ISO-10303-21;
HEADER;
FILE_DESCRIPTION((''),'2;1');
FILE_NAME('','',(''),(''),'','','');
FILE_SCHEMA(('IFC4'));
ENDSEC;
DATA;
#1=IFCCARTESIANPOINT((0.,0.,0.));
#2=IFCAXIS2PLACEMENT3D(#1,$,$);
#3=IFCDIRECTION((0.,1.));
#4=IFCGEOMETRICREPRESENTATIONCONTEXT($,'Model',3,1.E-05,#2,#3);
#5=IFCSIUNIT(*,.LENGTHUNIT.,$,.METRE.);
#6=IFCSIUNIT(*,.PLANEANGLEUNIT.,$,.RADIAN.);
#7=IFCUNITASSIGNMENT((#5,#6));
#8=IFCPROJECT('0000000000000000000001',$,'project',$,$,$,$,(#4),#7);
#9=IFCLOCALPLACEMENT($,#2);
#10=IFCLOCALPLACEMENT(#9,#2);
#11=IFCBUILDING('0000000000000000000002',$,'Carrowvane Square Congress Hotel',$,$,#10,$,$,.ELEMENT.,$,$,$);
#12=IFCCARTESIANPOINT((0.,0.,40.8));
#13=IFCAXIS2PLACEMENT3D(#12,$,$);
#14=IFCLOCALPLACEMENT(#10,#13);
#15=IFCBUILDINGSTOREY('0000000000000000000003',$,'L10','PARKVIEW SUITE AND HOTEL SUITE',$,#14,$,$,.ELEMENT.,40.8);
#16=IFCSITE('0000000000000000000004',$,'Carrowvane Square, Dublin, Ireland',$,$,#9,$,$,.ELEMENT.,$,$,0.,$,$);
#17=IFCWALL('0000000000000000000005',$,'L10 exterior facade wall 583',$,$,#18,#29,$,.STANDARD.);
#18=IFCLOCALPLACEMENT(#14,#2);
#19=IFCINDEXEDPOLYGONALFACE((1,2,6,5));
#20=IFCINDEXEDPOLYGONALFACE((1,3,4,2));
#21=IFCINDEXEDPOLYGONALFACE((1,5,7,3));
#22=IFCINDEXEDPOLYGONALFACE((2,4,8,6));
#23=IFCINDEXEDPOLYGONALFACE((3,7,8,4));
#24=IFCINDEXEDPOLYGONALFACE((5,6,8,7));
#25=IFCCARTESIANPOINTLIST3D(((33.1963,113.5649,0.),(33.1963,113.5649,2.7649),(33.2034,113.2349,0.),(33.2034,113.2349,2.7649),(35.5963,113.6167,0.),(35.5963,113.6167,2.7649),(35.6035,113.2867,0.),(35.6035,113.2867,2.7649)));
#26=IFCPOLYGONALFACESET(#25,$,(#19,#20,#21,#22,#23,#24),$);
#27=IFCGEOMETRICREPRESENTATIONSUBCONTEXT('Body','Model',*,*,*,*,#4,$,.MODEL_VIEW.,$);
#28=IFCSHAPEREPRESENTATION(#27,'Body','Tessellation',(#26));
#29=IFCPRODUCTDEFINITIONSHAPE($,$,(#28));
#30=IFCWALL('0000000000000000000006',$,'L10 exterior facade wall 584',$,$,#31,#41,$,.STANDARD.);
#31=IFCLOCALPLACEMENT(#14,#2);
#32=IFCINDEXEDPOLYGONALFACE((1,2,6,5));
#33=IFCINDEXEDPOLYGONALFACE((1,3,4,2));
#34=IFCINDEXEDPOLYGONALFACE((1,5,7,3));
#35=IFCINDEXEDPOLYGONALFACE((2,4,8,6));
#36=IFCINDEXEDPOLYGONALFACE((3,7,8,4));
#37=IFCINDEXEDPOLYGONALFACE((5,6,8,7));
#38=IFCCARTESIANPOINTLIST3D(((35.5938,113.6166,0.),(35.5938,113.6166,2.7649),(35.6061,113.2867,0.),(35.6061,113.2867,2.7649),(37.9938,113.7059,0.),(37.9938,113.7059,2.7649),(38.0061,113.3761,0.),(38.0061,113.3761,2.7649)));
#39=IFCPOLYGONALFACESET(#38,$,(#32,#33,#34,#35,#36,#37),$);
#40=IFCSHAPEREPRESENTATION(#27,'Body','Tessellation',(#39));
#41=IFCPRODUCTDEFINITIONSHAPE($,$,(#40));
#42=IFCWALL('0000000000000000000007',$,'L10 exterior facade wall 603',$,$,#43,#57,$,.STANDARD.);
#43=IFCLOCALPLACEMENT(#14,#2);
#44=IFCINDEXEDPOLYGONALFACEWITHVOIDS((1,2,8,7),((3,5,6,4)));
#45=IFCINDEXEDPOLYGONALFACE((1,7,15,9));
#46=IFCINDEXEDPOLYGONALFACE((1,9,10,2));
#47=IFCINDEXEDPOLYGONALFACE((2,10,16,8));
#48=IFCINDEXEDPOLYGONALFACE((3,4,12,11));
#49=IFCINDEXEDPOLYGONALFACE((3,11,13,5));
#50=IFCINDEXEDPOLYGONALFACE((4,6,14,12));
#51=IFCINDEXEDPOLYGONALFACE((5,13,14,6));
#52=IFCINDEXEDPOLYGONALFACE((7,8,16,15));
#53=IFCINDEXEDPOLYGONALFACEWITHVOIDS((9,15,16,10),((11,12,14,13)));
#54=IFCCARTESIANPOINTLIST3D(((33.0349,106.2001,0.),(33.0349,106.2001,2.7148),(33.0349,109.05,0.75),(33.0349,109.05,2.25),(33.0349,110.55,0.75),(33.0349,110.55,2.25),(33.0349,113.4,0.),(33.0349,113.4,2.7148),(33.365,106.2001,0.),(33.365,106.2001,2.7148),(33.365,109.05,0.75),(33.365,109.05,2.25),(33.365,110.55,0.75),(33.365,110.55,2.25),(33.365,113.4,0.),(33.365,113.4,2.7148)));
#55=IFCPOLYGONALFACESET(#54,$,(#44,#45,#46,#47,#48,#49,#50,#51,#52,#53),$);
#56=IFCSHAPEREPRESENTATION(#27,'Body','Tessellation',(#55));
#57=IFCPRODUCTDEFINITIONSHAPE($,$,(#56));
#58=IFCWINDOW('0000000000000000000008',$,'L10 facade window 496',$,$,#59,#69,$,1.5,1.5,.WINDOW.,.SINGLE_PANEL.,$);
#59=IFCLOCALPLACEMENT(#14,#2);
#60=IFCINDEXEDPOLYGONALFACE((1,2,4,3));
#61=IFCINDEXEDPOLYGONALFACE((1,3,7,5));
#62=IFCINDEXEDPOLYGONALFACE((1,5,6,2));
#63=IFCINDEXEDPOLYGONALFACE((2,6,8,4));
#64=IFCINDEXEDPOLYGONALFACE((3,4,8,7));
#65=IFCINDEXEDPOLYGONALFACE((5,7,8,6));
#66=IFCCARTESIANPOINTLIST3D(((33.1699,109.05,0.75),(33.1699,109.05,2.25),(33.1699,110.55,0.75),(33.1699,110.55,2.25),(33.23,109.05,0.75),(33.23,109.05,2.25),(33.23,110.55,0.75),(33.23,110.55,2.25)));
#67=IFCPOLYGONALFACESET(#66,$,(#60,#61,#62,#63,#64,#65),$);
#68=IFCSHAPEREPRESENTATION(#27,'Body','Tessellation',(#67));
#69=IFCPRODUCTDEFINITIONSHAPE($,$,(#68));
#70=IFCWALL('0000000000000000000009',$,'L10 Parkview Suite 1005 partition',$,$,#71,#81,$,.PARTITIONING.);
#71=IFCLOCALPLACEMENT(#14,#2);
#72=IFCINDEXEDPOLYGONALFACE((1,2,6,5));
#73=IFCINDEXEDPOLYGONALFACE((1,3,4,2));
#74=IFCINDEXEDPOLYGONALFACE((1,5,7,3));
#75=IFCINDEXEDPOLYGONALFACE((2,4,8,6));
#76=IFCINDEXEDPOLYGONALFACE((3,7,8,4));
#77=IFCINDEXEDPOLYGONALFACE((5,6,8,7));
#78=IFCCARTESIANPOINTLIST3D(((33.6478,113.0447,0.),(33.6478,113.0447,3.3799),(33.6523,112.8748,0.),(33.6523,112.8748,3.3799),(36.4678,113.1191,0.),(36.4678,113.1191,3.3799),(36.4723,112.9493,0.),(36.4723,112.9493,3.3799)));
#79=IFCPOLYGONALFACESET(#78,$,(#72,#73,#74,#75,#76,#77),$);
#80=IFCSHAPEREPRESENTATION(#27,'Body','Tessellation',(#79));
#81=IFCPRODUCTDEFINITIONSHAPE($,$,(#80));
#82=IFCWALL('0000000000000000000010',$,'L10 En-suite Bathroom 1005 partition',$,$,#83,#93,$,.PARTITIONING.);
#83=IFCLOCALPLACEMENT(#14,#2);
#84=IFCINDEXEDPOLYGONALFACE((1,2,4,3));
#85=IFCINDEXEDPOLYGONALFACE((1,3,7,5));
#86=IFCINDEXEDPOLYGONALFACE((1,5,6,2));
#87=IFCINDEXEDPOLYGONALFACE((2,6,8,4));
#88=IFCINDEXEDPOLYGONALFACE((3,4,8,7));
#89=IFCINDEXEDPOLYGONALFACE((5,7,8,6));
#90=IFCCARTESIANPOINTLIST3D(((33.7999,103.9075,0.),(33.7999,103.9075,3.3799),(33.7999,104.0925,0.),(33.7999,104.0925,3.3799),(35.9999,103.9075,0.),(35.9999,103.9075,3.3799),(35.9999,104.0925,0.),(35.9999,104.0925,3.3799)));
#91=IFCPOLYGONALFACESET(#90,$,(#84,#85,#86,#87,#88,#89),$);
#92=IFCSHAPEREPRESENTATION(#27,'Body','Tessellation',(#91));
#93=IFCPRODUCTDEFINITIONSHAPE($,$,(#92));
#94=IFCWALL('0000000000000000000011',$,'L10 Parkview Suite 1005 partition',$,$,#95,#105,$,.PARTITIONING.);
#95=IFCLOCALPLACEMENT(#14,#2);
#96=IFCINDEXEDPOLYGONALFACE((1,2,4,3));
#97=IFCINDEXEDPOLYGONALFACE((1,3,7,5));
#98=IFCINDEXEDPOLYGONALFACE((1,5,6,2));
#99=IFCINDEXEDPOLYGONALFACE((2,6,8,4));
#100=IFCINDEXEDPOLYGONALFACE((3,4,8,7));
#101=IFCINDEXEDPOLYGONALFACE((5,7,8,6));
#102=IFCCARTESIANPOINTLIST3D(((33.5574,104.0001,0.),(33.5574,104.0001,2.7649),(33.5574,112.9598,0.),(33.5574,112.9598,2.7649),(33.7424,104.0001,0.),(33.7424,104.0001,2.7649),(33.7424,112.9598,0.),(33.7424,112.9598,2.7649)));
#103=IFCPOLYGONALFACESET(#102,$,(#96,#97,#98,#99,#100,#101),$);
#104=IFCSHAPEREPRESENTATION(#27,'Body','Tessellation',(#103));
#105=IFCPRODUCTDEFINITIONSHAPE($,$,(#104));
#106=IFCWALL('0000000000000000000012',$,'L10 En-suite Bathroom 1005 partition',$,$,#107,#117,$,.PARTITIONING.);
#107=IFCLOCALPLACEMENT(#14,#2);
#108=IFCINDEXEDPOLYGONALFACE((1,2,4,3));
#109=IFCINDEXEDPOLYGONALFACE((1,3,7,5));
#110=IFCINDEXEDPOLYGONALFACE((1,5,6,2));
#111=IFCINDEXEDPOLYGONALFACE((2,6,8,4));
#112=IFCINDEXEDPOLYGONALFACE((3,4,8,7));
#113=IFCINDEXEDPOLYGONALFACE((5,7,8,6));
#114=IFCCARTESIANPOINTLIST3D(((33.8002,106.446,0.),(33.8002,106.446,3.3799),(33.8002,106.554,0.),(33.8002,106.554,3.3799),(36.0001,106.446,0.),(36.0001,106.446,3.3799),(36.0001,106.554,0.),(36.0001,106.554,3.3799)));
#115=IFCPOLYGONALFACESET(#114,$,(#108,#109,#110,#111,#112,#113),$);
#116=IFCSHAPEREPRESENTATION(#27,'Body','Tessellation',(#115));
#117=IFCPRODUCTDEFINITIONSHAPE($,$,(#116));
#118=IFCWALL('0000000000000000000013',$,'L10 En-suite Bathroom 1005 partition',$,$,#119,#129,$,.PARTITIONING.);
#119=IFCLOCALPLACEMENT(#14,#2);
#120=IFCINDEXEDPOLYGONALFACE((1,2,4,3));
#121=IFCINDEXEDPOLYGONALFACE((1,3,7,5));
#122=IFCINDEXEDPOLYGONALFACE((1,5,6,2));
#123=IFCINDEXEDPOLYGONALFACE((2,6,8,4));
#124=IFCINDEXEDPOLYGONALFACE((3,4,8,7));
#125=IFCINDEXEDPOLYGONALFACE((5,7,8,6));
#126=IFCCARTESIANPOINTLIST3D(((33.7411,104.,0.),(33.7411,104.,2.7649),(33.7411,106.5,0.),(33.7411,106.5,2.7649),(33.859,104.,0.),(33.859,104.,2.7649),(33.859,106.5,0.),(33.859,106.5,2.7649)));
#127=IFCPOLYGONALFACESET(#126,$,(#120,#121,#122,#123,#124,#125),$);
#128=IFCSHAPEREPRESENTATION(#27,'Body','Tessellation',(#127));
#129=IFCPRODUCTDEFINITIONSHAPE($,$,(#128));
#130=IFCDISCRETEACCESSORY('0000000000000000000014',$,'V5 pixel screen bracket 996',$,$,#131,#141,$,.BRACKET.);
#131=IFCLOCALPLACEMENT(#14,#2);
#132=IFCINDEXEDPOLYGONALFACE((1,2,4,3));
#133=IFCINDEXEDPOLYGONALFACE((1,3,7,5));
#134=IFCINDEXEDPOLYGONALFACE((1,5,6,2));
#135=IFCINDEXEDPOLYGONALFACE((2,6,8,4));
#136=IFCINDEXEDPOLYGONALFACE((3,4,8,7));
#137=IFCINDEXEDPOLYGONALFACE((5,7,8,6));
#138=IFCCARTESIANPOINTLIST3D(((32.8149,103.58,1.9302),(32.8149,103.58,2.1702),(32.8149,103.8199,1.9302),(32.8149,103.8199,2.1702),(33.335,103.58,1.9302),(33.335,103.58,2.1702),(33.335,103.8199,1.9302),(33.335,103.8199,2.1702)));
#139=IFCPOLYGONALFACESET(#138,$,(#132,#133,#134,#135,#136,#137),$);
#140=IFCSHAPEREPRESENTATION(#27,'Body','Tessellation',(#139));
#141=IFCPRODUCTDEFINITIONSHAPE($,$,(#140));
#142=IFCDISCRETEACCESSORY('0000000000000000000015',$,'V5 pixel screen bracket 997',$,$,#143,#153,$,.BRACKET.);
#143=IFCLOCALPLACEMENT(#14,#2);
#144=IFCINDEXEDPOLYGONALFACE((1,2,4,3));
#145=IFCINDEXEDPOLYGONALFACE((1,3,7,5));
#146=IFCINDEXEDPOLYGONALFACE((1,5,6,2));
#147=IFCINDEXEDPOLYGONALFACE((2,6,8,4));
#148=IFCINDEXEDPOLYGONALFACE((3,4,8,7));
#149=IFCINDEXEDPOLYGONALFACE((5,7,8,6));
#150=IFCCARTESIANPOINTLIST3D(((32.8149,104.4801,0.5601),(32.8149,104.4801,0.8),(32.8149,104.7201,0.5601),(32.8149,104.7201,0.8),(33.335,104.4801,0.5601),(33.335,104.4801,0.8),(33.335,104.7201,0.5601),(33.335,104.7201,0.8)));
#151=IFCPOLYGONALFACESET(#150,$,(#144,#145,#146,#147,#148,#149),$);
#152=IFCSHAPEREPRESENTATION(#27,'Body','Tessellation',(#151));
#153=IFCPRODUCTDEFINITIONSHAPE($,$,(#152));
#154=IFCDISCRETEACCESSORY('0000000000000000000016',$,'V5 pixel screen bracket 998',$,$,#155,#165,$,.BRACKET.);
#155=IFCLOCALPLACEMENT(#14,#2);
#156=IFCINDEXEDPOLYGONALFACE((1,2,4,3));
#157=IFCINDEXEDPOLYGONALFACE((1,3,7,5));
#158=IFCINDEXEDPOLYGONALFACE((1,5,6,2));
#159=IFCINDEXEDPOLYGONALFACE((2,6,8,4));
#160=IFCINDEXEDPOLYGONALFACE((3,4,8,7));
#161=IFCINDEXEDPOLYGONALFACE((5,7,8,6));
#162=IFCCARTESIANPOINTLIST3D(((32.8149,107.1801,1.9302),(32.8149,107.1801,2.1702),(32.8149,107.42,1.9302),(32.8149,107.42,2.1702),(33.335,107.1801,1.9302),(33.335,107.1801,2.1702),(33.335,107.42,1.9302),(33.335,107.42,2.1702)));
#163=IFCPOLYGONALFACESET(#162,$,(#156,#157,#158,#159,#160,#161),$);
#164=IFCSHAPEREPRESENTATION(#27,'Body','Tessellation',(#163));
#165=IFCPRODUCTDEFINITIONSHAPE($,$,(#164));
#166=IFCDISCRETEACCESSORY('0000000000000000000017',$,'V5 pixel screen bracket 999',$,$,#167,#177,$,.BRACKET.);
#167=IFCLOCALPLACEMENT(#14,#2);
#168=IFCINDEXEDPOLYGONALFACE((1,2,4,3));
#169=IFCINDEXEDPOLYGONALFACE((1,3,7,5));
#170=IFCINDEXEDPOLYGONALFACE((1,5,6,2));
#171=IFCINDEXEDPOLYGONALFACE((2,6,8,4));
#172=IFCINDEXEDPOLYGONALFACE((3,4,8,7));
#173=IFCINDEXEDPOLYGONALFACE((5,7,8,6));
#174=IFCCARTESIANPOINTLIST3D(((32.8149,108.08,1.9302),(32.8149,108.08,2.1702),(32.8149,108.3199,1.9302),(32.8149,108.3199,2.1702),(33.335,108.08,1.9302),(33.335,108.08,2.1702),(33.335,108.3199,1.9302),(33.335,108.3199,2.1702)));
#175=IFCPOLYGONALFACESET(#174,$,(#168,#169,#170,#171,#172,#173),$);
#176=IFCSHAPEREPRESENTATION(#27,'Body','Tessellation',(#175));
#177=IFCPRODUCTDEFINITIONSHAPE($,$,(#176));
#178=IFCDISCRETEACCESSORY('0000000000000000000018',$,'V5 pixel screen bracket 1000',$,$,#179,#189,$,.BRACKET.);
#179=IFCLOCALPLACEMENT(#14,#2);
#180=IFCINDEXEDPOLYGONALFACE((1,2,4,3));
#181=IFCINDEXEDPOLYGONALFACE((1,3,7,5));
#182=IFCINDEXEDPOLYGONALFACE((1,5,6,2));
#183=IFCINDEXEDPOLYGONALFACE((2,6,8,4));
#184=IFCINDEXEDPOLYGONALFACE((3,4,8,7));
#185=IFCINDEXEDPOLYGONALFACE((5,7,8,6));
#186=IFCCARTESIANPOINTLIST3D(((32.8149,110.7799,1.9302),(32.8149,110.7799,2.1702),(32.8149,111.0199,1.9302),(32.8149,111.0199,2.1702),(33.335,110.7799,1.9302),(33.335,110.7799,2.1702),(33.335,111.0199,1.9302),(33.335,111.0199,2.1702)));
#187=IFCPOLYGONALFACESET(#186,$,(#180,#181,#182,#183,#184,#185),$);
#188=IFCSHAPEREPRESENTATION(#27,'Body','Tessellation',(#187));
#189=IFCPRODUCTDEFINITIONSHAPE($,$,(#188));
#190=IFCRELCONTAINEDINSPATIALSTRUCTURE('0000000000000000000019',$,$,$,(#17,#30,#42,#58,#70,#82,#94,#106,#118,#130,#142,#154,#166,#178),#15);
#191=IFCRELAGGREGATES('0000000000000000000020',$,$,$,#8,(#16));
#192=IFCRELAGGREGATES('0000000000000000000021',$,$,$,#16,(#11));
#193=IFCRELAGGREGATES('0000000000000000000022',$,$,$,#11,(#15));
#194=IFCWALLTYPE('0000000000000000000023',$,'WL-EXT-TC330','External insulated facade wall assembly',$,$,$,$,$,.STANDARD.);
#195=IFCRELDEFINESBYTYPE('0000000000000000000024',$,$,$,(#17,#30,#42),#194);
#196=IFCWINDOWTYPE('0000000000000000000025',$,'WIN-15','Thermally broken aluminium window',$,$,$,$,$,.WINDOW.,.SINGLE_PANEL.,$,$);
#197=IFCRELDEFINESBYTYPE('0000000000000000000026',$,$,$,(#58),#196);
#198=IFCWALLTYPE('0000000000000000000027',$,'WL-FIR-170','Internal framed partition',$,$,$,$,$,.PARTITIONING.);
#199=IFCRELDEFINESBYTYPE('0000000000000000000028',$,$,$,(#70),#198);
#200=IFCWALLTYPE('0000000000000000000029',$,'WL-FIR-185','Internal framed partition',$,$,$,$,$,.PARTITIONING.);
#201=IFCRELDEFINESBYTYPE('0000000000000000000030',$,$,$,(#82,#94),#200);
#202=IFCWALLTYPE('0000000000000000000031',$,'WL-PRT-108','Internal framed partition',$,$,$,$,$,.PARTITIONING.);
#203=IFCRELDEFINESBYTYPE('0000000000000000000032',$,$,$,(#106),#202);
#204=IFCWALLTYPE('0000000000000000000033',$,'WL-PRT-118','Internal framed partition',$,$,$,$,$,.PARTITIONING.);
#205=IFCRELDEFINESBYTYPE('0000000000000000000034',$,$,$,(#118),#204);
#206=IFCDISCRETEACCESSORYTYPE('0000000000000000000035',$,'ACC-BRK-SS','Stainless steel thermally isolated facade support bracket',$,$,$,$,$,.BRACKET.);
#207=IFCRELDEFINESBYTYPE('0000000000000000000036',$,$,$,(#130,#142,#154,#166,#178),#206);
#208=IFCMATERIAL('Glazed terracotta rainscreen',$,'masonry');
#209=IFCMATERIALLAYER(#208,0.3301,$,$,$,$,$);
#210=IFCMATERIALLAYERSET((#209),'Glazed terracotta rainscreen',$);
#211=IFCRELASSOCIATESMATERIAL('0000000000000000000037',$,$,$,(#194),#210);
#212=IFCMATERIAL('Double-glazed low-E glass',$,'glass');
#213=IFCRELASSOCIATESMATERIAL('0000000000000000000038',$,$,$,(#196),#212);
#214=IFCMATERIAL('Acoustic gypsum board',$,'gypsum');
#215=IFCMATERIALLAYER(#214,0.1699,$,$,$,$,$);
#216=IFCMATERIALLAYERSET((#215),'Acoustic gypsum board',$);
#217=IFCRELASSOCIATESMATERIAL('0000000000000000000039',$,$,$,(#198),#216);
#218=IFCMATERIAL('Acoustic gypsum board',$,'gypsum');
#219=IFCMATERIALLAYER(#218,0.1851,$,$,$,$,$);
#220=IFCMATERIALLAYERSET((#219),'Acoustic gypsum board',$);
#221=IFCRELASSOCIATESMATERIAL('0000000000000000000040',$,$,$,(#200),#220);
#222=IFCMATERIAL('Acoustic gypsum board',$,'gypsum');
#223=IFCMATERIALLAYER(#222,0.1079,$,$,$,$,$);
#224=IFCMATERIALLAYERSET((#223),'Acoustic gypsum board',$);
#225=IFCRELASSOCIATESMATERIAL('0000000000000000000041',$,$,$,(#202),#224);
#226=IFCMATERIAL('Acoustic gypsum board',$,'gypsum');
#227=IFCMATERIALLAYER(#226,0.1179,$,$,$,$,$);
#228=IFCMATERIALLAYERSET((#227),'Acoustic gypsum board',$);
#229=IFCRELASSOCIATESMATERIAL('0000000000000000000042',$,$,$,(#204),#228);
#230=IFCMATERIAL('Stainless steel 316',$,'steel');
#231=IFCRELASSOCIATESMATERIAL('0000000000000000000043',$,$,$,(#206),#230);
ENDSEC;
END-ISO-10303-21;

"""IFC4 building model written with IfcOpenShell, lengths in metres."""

from ifc_helpers import new_model, si_unit, direction, frame, frame_2d, origin, origin_2d, place, context, subcontext, project, spatial, rectangle, extrude, material, layer, layer_set, type_object, element, fill, save


model = new_model("IFC4")

# Units and contexts
model_context = context("Model", 3, precision=1e-05, world=origin(), true_north=direction((0.0, 1.0)))
body_context = subcontext(model_context, "Body", "Model", "MODEL_VIEW")
ifc_project = project(units=[si_unit("LENGTHUNIT", "METRE"), si_unit("PLANEANGLEUNIT", "RADIAN")], contexts=[model_context])

# Site, building, storey
site_placement = place(None, origin())
site = spatial("IfcSite", under=ifc_project, at=site_placement, Name="Carrowvane Square, Dublin, Ireland", CompositionType="ELEMENT", RefElevation=0.0)
building_placement = place(site_placement, origin())
building = spatial("IfcBuilding", under=site, at=building_placement, Name="Carrowvane Square Congress Hotel", CompositionType="ELEMENT")
storey_placement = place(building_placement, frame((0.0, 0.0, 40.8)))
storey = spatial("IfcBuildingStorey", under=building, at=storey_placement, Name="L10", Description="PARKVIEW SUITE AND HOTEL SUITE", CompositionType="ELEMENT", Elevation=40.8)

# Walls
ifc_material_1 = material(Name="Glazed terracotta rainscreen", Category="masonry")
ifc_layer_1 = layer(ifc_material_1, 0.3301)
ifc_layer_set_1 = layer_set([ifc_layer_1], Name="Glazed terracotta rainscreen")
wall_type_1 = type_object("IfcWallType", Name="WL-EXT-TC330", Description="External insulated facade wall assembly", PredefinedType="STANDARD", material=ifc_layer_set_1)
wall_1_placement = place(storey_placement, frame((33.2, 113.3999, 0.0), z_axis=(0.0, 0.0, 1.0), x_axis=(0.999768, 0.021559, 0.0)))
element("IfcWall", 1, at=wall_1_placement, inside=storey, type_object=wall_type_1, Name="L10 exterior facade wall 583", PredefinedType="STANDARD", context=body_context, shape_type="SweptSolid", body=[
    extrude(rectangle(XDim=2.4006, YDim=0.3301, at=frame_2d((1.2002, 0.0))), origin(), (0.0, 0.0, 1.0), 2.7649),
])
wall_2_placement = place(storey_placement, frame((35.6001, 113.4517, 0.0), z_axis=(0.0, 0.0, 1.0), x_axis=(0.999308, 0.037207, 0.0)))
element("IfcWall", 2, at=wall_2_placement, inside=storey, type_object=wall_type_1, Name="L10 exterior facade wall 584", PredefinedType="STANDARD", context=body_context, shape_type="SweptSolid", body=[
    extrude(rectangle(XDim=2.4016, YDim=0.3301, at=frame_2d((1.2007, 0.0))), origin(), (0.0, 0.0, 1.0), 2.7649),
])

# Wall, opening, window
wall_3_placement = place(storey_placement, frame((33.2, 106.2, 0.0), z_axis=(0.0, 0.0, 1.0), x_axis=(0.0, 1.0, 0.0)))
wall_3 = element("IfcWall", 3, at=wall_3_placement, inside=storey, type_object=wall_type_1, Name="L10 exterior facade wall 603", PredefinedType="STANDARD", context=body_context, shape_type="SweptSolid", body=[
    extrude(rectangle(XDim=7.2, YDim=0.3301, at=frame_2d((3.6001, 0.0))), origin(), (0.0, 0.0, 1.0), 2.7148),
])
opening_placement = place(wall_3_placement, frame((2.8501, 0.0, 0.75)))
opening = element("IfcOpeningElement", 4, at=opening_placement, cuts=wall_3, PredefinedType="OPENING", context=body_context, shape_type="SweptSolid", body=[
    extrude(rectangle(XDim=1.5, YDim=1.5, at=frame_2d((0.75, 0.75))), frame((0.0, 0.175, 0.0), z_axis=(0.0, -1.0, 0.0), x_axis=(1.0, 0.0, 0.0)), (0.0, 0.0, 1.0), 0.3501),
])
ifc_material_2 = material(Name="Double-glazed low-E glass", Category="glass")
window_type = type_object("IfcWindowType", Name="WIN-15", Description="Thermally broken aluminium window", PartitioningType="SINGLE_PANEL", PredefinedType="WINDOW", material=ifc_material_2)
window_placement = place(opening_placement, origin())
window = element("IfcWindow", 5, at=window_placement, inside=storey, type_object=window_type, Name="L10 facade window 496", OverallHeight=1.5, OverallWidth=1.5, PartitioningType="SINGLE_PANEL", PredefinedType="WINDOW", context=body_context, shape_type="SweptSolid", body=[
    extrude(rectangle(XDim=1.5, YDim=1.5, at=frame_2d((0.75, 0.75))), frame((0.0, 0.03, 0.0), z_axis=(0.0, -1.0, 0.0), x_axis=(1.0, 0.0, 0.0)), (0.0, 0.0, 1.0), 0.0601),
])
fill(opening, window)

# Walls
ifc_material_3 = material(Name="Acoustic gypsum board", Category="gypsum")
ifc_layer_2 = layer(ifc_material_3, 0.1699)
ifc_layer_set_2 = layer_set([ifc_layer_2], Name="Acoustic gypsum board")
wall_type_2 = type_object("IfcWallType", Name="WL-FIR-170", Description="Internal framed partition", PredefinedType="PARTITIONING", material=ifc_layer_set_2)
wall_4_placement = place(storey_placement, frame((33.6499, 112.9597, 0.0), z_axis=(0.0, 0.0, 1.0), x_axis=(0.999652, 0.026395, 0.0)))
element("IfcWall", 6, at=wall_4_placement, inside=storey, type_object=wall_type_2, Name="L10 Parkview Suite 1005 partition", PredefinedType="PARTITIONING", context=body_context, shape_type="SweptSolid", body=[
    extrude(rectangle(XDim=2.821, YDim=0.1699, at=frame_2d((1.4106, 0.0))), origin(), (0.0, 0.0, 1.0), 3.3799),
])
ifc_material_4 = material(Name="Acoustic gypsum board", Category="gypsum")
ifc_layer_3 = layer(ifc_material_4, 0.1851)
ifc_layer_set_3 = layer_set([ifc_layer_3], Name="Acoustic gypsum board")
wall_type_3 = type_object("IfcWallType", Name="WL-FIR-185", Description="Internal framed partition", PredefinedType="PARTITIONING", material=ifc_layer_set_3)
wall_5_placement = place(storey_placement, frame((36.0, 104.0, 0.0), z_axis=(0.0, 0.0, 1.0), x_axis=(-1.0, 0.0, 0.0)))
element("IfcWall", 7, at=wall_5_placement, inside=storey, type_object=wall_type_3, Name="L10 En-suite Bathroom 1005 partition", PredefinedType="PARTITIONING", context=body_context, shape_type="SweptSolid", body=[
    extrude(rectangle(XDim=2.2, YDim=0.1851, at=frame_2d((1.1001, 0.0))), origin(), (0.0, 0.0, 1.0), 3.3799),
])
wall_6_placement = place(storey_placement, frame((33.6499, 104.0, 0.0), z_axis=(0.0, 0.0, 1.0), x_axis=(0.0, 1.0, 0.0)))
element("IfcWall", 8, at=wall_6_placement, inside=storey, type_object=wall_type_3, Name="L10 Parkview Suite 1005 partition", PredefinedType="PARTITIONING", context=body_context, shape_type="SweptSolid", body=[
    extrude(rectangle(XDim=8.9597, YDim=0.1851, at=frame_2d((4.48, 0.0))), origin(), (0.0, 0.0, 1.0), 2.7649),
])
ifc_material_5 = material(Name="Acoustic gypsum board", Category="gypsum")
ifc_layer_4 = layer(ifc_material_5, 0.1079)
ifc_layer_set_4 = layer_set([ifc_layer_4], Name="Acoustic gypsum board")
wall_type_4 = type_object("IfcWallType", Name="WL-PRT-108", Description="Internal framed partition", PredefinedType="PARTITIONING", material=ifc_layer_set_4)
wall_7_placement = place(storey_placement, frame((33.8, 106.5, 0.0), z_axis=(0.0, 0.0, 1.0), x_axis=(1.0, 0.0, 0.0)))
element("IfcWall", 9, at=wall_7_placement, inside=storey, type_object=wall_type_4, Name="L10 En-suite Bathroom 1005 partition", PredefinedType="PARTITIONING", context=body_context, shape_type="SweptSolid", body=[
    extrude(rectangle(XDim=2.2, YDim=0.1079, at=frame_2d((1.1001, 0.0))), origin(), (0.0, 0.0, 1.0), 3.3799),
])
ifc_material_6 = material(Name="Acoustic gypsum board", Category="gypsum")
ifc_layer_5 = layer(ifc_material_6, 0.1179)
ifc_layer_set_5 = layer_set([ifc_layer_5], Name="Acoustic gypsum board")
wall_type_5 = type_object("IfcWallType", Name="WL-PRT-118", Description="Internal framed partition", PredefinedType="PARTITIONING", material=ifc_layer_set_5)
wall_8_placement = place(storey_placement, frame((33.8, 104.0, 0.0), z_axis=(0.0, 0.0, 1.0), x_axis=(0.0, 1.0, 0.0)))
element("IfcWall", 10, at=wall_8_placement, inside=storey, type_object=wall_type_5, Name="L10 En-suite Bathroom 1005 partition", PredefinedType="PARTITIONING", context=body_context, shape_type="SweptSolid", body=[
    extrude(rectangle(XDim=2.5, YDim=0.1179, at=frame_2d((1.25, 0.0))), origin(), (0.0, 0.0, 1.0), 2.7649),
])

# Discrete accessories
ifc_material_7 = material(Name="Stainless steel 316", Category="steel")
discrete_accessory_type = type_object("IfcDiscreteAccessoryType", Name="ACC-BRK-SS", Description="Stainless steel thermally isolated facade support bracket", PredefinedType="BRACKET", material=ifc_material_7)
for number, where, z_axis, x_axis, name in (
    (11, (33.075, 103.7, 1.9302), (0.0, 0.0, 1.0), (0.0, 1.0, 0.0), "V5 pixel screen bracket 996"),
    (12, (33.075, 104.6001, 0.5601), (0.0, 0.0, 1.0), (0.0, 1.0, 0.0), "V5 pixel screen bracket 997"),
    (13, (33.075, 107.3, 1.9302), (0.0, 0.0, 1.0), (0.0, 1.0, 0.0), "V5 pixel screen bracket 998"),
    (14, (33.075, 108.2, 1.9302), (0.0, 0.0, 1.0), (0.0, 1.0, 0.0), "V5 pixel screen bracket 999"),
    (15, (33.075, 110.8999, 1.9302), (0.0, 0.0, 1.0), (0.0, 1.0, 0.0), "V5 pixel screen bracket 1000"),
):
    element("IfcDiscreteAccessory", number, at=place(storey_placement, frame(where, z_axis=z_axis, x_axis=x_axis)), inside=storey, type_object=discrete_accessory_type, Name=name, PredefinedType="BRACKET", context=body_context, shape_type="SweptSolid", body=[
        extrude(rectangle(XDim=0.24, YDim=0.52, at=origin_2d()), origin(), (0.0, 0.0, 1.0), 0.24),
    ])

save(model, "model.ifc")
